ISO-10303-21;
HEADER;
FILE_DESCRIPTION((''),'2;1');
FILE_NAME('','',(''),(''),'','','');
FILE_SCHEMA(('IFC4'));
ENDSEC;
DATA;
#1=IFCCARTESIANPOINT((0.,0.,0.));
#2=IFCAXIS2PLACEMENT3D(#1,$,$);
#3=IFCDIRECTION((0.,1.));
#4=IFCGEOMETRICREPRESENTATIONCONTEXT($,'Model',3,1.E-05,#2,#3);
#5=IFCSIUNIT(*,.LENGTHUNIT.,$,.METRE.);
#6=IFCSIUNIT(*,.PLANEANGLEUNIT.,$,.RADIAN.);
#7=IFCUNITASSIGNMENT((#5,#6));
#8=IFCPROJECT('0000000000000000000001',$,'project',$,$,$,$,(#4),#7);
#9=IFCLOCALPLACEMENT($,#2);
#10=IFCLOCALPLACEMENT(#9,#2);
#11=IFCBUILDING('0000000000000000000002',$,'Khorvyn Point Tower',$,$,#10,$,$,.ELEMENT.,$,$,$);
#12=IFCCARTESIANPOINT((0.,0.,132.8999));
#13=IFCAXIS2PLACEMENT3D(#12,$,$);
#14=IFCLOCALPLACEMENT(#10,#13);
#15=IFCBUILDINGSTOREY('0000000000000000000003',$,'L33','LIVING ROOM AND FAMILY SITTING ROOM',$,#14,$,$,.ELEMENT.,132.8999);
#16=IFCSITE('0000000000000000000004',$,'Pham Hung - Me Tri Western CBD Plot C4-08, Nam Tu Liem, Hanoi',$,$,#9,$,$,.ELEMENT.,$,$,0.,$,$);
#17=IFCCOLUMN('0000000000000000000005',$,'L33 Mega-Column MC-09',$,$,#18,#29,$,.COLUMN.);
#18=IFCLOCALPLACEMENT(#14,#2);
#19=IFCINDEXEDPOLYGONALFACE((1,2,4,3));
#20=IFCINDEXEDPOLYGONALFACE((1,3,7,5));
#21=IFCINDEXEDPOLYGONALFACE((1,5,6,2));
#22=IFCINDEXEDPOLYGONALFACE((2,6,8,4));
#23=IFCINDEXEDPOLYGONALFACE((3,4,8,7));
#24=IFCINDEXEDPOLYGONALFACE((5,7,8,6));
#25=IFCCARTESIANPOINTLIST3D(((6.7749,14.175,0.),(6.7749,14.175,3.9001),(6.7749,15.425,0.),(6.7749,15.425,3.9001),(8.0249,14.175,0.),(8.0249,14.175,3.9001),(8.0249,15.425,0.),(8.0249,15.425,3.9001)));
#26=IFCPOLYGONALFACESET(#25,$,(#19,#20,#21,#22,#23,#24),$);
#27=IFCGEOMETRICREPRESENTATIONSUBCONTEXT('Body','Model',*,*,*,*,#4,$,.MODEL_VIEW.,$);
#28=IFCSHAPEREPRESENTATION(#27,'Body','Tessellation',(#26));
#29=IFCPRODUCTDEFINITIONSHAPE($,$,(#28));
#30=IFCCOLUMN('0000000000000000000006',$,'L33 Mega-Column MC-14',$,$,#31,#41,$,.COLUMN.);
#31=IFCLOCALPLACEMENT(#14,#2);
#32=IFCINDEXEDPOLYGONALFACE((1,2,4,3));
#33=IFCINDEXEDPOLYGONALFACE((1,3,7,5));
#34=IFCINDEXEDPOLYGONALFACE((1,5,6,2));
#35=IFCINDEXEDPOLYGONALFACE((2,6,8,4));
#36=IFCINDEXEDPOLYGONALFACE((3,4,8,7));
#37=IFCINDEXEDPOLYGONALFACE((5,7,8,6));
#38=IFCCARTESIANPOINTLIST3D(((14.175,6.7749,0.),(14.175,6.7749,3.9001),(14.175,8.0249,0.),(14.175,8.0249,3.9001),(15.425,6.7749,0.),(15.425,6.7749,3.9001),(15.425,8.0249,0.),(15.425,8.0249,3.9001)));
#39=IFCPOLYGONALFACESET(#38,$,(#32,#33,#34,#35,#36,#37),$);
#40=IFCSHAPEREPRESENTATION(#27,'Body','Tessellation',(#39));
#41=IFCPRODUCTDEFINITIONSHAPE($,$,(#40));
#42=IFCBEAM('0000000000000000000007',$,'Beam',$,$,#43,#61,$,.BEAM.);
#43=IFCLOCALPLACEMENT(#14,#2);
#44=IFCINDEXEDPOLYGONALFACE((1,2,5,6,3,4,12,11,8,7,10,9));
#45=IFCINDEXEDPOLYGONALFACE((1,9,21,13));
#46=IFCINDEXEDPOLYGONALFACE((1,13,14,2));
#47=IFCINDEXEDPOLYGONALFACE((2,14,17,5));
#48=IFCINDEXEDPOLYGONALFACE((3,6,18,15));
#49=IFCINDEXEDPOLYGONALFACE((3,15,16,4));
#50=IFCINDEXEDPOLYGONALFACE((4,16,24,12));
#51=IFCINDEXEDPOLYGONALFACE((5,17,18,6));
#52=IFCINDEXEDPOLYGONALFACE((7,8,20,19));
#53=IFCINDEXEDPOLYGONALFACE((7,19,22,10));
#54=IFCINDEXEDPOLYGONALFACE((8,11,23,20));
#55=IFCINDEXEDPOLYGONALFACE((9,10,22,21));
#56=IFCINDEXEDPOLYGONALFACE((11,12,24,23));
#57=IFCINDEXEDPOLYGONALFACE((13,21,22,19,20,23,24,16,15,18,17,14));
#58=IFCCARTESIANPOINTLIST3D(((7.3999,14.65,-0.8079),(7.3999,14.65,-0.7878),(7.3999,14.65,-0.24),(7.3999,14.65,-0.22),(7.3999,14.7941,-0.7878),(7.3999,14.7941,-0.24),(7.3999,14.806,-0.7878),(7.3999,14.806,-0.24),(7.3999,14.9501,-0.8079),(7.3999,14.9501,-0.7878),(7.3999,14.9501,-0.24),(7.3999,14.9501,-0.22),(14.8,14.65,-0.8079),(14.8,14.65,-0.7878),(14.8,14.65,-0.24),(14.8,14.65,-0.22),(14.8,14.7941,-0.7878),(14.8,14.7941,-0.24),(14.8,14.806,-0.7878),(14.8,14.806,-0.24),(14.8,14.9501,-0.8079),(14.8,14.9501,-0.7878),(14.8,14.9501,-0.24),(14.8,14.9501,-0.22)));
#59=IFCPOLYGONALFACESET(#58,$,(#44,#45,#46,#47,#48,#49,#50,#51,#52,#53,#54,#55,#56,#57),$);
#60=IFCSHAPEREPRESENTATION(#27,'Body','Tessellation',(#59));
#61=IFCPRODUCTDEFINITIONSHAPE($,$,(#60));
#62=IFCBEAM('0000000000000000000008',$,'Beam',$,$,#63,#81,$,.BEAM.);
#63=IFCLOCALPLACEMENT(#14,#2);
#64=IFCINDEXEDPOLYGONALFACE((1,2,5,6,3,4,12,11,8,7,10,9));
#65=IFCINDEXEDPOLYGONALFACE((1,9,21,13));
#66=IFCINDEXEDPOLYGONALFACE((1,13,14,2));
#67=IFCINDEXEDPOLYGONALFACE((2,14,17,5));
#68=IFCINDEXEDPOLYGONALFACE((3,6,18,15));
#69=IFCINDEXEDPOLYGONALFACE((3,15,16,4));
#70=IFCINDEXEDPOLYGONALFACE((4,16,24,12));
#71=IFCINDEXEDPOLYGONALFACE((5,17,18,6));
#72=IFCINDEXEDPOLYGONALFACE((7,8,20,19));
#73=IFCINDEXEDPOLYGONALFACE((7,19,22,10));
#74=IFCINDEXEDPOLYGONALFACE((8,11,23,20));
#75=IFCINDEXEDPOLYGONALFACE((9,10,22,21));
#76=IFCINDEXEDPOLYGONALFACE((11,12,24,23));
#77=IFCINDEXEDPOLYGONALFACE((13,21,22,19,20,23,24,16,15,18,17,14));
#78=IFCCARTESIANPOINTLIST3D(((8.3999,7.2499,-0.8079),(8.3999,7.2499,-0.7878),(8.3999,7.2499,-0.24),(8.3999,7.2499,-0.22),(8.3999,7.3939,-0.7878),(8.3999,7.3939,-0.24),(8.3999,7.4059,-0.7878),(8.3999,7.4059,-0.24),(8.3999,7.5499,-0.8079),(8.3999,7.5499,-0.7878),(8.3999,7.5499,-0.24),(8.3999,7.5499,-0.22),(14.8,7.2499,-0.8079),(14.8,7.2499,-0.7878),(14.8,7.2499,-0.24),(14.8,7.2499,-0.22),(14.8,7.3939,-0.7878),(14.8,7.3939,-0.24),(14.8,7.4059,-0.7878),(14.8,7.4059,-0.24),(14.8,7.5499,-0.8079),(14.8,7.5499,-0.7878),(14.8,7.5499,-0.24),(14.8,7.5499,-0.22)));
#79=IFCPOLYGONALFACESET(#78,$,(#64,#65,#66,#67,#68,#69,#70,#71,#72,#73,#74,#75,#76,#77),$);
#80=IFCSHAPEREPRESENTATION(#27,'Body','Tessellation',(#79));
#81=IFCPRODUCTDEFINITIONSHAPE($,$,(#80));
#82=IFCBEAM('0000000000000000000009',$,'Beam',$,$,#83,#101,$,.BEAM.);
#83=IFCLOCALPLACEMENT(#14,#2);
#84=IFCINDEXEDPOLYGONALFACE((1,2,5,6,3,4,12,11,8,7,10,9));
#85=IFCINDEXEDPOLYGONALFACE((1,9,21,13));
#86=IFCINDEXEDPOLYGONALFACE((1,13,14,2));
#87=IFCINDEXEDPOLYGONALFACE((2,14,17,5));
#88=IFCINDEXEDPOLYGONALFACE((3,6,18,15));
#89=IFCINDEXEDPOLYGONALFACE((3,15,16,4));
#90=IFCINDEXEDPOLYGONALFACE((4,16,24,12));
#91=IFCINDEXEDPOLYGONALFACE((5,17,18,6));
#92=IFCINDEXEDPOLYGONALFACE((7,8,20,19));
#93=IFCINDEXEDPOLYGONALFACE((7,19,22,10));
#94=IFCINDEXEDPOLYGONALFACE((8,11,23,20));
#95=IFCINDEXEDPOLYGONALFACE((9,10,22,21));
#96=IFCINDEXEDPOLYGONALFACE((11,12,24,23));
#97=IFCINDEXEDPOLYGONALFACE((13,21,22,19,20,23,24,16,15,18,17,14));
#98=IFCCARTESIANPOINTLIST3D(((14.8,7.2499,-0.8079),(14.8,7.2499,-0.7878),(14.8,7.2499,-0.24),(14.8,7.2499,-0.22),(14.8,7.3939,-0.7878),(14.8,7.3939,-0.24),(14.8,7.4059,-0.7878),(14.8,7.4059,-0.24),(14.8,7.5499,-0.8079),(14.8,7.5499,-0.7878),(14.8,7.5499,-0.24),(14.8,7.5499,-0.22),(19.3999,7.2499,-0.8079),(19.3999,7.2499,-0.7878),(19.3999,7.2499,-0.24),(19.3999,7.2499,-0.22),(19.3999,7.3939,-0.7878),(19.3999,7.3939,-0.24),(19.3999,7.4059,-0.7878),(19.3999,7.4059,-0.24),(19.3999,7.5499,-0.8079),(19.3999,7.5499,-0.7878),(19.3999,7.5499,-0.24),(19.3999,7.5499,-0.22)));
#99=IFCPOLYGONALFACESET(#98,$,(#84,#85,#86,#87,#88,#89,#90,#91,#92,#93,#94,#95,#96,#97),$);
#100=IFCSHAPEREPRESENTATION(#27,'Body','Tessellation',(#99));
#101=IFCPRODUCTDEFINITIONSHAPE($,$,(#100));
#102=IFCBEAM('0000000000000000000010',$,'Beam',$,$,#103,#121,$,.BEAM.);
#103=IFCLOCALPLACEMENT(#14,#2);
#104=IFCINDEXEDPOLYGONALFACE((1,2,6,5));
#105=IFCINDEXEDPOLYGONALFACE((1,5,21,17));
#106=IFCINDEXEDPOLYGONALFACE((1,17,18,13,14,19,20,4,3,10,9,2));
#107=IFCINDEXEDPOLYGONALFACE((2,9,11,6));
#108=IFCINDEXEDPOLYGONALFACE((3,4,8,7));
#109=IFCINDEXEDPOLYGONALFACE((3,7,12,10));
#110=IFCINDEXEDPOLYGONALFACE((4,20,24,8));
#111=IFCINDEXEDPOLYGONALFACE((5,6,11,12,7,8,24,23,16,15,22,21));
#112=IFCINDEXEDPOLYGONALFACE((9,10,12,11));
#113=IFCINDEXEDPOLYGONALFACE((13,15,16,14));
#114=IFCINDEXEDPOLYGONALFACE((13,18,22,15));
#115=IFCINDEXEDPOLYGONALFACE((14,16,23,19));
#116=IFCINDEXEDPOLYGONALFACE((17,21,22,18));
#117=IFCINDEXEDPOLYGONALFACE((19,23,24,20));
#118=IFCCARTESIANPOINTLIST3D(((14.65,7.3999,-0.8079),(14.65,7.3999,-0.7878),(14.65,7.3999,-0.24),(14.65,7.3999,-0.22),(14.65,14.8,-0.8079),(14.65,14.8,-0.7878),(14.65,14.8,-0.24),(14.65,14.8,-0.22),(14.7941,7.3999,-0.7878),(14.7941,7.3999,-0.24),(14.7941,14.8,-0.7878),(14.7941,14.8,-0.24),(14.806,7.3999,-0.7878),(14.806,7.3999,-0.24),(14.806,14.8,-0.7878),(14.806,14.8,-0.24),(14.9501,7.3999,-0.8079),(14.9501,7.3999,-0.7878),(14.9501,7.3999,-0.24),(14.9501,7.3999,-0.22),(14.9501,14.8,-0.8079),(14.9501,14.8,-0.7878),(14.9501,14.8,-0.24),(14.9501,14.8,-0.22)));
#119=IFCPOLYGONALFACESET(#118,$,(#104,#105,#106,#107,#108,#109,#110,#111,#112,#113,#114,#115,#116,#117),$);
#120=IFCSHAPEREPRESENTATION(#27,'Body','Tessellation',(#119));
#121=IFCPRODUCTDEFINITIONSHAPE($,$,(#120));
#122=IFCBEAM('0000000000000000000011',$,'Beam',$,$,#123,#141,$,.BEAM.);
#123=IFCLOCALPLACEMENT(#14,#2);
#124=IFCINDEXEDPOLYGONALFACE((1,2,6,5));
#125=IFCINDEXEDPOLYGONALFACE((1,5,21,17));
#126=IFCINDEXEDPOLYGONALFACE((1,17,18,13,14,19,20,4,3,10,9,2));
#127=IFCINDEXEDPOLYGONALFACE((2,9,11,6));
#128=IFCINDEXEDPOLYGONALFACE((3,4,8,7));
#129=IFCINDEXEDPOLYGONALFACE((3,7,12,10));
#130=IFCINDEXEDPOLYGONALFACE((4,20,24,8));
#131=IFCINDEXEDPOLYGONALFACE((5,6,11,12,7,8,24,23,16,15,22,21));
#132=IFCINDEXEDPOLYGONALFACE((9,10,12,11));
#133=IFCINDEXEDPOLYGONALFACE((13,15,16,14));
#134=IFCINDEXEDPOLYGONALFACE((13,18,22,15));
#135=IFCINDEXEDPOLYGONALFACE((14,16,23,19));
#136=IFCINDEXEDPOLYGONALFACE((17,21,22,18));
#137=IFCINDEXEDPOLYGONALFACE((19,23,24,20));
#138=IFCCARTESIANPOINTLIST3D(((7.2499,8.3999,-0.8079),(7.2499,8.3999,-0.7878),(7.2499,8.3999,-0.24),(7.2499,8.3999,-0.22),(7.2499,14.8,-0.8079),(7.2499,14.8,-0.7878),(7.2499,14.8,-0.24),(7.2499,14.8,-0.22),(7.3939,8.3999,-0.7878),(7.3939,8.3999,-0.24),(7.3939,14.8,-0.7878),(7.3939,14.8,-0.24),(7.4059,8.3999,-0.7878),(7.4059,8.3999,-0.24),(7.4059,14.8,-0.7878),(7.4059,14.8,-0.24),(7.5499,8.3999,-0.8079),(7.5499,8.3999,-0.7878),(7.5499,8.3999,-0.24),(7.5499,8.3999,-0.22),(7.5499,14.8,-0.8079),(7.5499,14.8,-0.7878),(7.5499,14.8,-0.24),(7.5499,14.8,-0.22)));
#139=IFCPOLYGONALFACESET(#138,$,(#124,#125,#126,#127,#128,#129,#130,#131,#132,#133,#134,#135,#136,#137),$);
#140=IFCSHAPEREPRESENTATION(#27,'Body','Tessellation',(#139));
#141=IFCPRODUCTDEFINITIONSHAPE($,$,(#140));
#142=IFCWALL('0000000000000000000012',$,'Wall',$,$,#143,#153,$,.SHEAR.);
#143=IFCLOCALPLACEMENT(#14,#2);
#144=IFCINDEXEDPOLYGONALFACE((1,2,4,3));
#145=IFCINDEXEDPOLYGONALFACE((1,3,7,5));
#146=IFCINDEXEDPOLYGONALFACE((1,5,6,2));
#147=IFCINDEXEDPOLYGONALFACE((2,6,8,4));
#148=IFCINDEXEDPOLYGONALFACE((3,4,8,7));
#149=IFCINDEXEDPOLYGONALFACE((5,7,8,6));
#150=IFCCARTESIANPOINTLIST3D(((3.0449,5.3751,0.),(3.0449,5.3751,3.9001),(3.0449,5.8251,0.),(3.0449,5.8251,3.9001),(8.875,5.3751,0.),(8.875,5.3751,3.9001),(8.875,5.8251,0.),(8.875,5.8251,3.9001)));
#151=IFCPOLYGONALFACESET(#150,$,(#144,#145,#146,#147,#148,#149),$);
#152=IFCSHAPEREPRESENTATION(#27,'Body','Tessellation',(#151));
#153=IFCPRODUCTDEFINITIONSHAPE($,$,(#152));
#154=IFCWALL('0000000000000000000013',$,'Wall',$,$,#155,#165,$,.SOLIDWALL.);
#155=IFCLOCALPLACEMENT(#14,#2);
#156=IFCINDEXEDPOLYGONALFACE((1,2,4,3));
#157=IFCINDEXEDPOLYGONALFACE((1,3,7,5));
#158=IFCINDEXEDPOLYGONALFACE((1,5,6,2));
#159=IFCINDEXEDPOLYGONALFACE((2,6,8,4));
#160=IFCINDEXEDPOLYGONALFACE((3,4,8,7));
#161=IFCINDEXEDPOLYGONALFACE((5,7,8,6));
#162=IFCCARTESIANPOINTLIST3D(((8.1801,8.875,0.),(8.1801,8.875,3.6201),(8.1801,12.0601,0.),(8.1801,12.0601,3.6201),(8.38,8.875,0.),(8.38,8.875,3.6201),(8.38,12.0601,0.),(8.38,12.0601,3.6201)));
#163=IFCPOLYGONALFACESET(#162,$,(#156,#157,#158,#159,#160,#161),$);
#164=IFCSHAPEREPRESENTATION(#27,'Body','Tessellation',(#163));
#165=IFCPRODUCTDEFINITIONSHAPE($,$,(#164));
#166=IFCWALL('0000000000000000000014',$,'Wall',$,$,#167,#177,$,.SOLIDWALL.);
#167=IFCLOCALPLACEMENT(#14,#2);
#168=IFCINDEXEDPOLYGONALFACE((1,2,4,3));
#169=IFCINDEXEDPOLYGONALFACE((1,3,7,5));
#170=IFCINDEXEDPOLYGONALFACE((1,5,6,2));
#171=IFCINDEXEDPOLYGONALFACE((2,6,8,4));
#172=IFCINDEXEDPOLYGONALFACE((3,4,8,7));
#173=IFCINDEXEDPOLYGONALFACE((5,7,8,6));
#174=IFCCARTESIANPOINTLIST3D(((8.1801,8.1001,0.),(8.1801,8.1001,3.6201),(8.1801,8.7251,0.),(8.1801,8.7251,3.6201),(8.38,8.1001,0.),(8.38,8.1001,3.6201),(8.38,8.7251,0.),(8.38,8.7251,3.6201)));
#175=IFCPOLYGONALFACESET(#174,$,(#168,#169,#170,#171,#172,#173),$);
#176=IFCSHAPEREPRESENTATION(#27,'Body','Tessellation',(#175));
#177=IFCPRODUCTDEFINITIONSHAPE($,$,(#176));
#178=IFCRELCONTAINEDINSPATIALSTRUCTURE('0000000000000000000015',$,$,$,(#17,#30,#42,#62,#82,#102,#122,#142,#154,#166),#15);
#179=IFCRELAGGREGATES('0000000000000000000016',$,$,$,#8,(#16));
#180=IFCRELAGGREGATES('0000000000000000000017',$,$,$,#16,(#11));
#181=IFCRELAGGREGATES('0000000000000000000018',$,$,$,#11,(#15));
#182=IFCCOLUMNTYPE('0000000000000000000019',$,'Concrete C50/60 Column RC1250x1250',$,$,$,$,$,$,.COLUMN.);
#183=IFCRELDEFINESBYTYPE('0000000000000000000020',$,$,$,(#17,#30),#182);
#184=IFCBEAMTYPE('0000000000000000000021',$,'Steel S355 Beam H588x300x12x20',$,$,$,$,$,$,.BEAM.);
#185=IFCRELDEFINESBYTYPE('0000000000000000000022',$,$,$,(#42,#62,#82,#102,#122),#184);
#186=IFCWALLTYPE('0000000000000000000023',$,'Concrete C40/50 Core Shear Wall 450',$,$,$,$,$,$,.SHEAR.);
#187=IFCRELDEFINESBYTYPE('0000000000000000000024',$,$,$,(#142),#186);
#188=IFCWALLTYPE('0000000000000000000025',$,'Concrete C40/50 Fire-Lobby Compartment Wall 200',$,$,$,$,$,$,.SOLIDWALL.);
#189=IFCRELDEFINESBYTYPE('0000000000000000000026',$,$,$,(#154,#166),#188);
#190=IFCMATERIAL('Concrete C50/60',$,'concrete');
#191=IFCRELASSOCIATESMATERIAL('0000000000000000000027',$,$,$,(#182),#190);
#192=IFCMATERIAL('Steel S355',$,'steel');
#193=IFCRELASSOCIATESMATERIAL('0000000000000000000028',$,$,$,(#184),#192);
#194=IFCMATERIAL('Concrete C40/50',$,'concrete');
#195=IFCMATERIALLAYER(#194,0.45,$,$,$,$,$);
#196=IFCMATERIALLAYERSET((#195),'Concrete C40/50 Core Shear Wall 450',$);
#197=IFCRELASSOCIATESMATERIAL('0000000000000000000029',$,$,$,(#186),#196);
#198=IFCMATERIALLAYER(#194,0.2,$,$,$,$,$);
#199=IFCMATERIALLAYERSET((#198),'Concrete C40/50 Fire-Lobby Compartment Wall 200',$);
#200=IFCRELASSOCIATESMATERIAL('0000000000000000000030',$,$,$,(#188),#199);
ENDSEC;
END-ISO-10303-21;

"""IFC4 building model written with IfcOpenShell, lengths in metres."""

from ifc_helpers import new_model, si_unit, direction, frame, frame_2d, origin, origin_2d, place, context, subcontext, project, spatial, rectangle, i_section, extrude, material, layer, layer_set, material_profile, profile_set, type_object, element, save


model = new_model("IFC4")

# Units and contexts
model_context = context("Model", 3, precision=1e-05, world=origin(), true_north=direction((0.0, 1.0)))
body_context = subcontext(model_context, "Body", "Model", "MODEL_VIEW")
ifc_project = project(units=[si_unit("LENGTHUNIT", "METRE"), si_unit("PLANEANGLEUNIT", "RADIAN")], contexts=[model_context])

# Site, building, storey
site_placement = place(None, origin())
site = spatial("IfcSite", under=ifc_project, at=site_placement, Name="Pham Hung - Me Tri Western CBD Plot C4-08, Nam Tu Liem, Hanoi", CompositionType="ELEMENT", RefElevation=0.0)
building_placement = place(site_placement, origin())
building = spatial("IfcBuilding", under=site, at=building_placement, Name="Khorvyn Point Tower", CompositionType="ELEMENT")
storey_placement = place(building_placement, frame((0.0, 0.0, 132.8999)))
storey = spatial("IfcBuildingStorey", under=building, at=storey_placement, Name="L33", Description="LIVING ROOM AND FAMILY SITTING ROOM", CompositionType="ELEMENT", Elevation=132.8999)

# Columns
ifc_material_1 = material(Name="Concrete C50/60", Category="concrete")
ifc_material_profile_1 = material_profile(ifc_material_1, rectangle(XDim=1.25, YDim=1.25, at=origin_2d()))
ifc_profile_set_1 = profile_set([ifc_material_profile_1], Name="Concrete C50/60 RC1250x1250")
column_type = type_object("IfcColumnType", Name="Concrete C50/60 Column RC1250x1250", PredefinedType="COLUMN", material=ifc_profile_set_1)
for number, where, z_axis, x_axis, name in (
    (1, (7.3999, 14.8, 0.0), (0.0, 0.0, 1.0), (1.0, 0.0, 0.0), "L33 Mega-Column MC-09"),
    (2, (14.8, 7.3999, 0.0), (0.0, 0.0, 1.0), (1.0, 0.0, 0.0), "L33 Mega-Column MC-14"),
):
    element("IfcColumn", number, at=place(storey_placement, frame(where, z_axis=z_axis, x_axis=x_axis)), inside=storey, type_object=column_type, Name=name, PredefinedType="COLUMN", context=body_context, shape_type="SweptSolid", body=[
        extrude(rectangle(XDim=1.25, YDim=1.25, at=origin_2d()), origin(), (0.0, 0.0, 1.0), 3.9001),
    ])

# Beams
ifc_material_2 = material(Name="Steel S355", Category="steel")
ifc_material_profile_2 = material_profile(ifc_material_2, i_section(OverallWidth=0.3, OverallDepth=0.5879, WebThickness=0.012, FlangeThickness=0.02, at=origin_2d()))
ifc_profile_set_2 = profile_set([ifc_material_profile_2], Name="Steel S355 H588x300x12x20")
beam_type = type_object("IfcBeamType", Name="Steel S355 Beam H588x300x12x20", PredefinedType="BEAM", material=ifc_profile_set_2)
beam_1_placement = place(storey_placement, frame((7.3999, 14.8, -0.5139), z_axis=(1.0, 0.0, 0.0), x_axis=(0.0, 1.0, 0.0)))
element("IfcBeam", 3, at=beam_1_placement, inside=storey, type_object=beam_type, Name="Beam", PredefinedType="BEAM", context=body_context, shape_type="SweptSolid", body=[
    extrude(i_section(OverallWidth=0.3, OverallDepth=0.5879, WebThickness=0.012, FlangeThickness=0.02, at=origin_2d()), origin(), (0.0, 0.0, 1.0), 7.4001),
])
beam_2_placement = place(storey_placement, frame((8.3999, 7.3999, -0.5139), z_axis=(1.0, 0.0, 0.0), x_axis=(0.0, 1.0, 0.0)))
element("IfcBeam", 4, at=beam_2_placement, inside=storey, type_object=beam_type, Name="Beam", PredefinedType="BEAM", context=body_context, shape_type="SweptSolid", body=[
    extrude(i_section(OverallWidth=0.3, OverallDepth=0.5879, WebThickness=0.012, FlangeThickness=0.02, at=origin_2d()), origin(), (0.0, 0.0, 1.0), 6.4001),
])
beam_3_placement = place(storey_placement, frame((14.8, 7.3999, -0.5139), z_axis=(1.0, 0.0, 0.0), x_axis=(0.0, 1.0, 0.0)))
element("IfcBeam", 5, at=beam_3_placement, inside=storey, type_object=beam_type, Name="Beam", PredefinedType="BEAM", context=body_context, shape_type="SweptSolid", body=[
    extrude(i_section(OverallWidth=0.3, OverallDepth=0.5879, WebThickness=0.012, FlangeThickness=0.02, at=origin_2d()), origin(), (0.0, 0.0, 1.0), 4.5999),
])
beam_4_placement = place(storey_placement, frame((14.8, 7.3999, -0.5139), z_axis=(0.0, 1.0, 0.0), x_axis=(-1.0, 0.0, 0.0)))
element("IfcBeam", 6, at=beam_4_placement, inside=storey, type_object=beam_type, Name="Beam", PredefinedType="BEAM", context=body_context, shape_type="SweptSolid", body=[
    extrude(i_section(OverallWidth=0.3, OverallDepth=0.5879, WebThickness=0.012, FlangeThickness=0.02, at=origin_2d()), origin(), (0.0, 0.0, 1.0), 7.4001),
])
beam_5_placement = place(storey_placement, frame((7.3999, 8.3999, -0.5139), z_axis=(0.0, 1.0, 0.0), x_axis=(-1.0, 0.0, 0.0)))
element("IfcBeam", 7, at=beam_5_placement, inside=storey, type_object=beam_type, Name="Beam", PredefinedType="BEAM", context=body_context, shape_type="SweptSolid", body=[
    extrude(i_section(OverallWidth=0.3, OverallDepth=0.5879, WebThickness=0.012, FlangeThickness=0.02, at=origin_2d()), origin(), (0.0, 0.0, 1.0), 6.4001),
])

# Wall
ifc_material_3 = material(Name="Concrete C40/50", Category="concrete")
ifc_layer_1 = layer(ifc_material_3, 0.45)
ifc_layer_set_1 = layer_set([ifc_layer_1], Name="Concrete C40/50 Core Shear Wall 450")
wall_type_1 = type_object("IfcWallType", Name="Concrete C40/50 Core Shear Wall 450", PredefinedType="SHEAR", material=ifc_layer_set_1)
wall_1_placement = place(storey_placement, frame((3.0449, 5.6001, 0.0), z_axis=(0.0, 0.0, 1.0), x_axis=(1.0, 0.0, 0.0)))
element("IfcWall", 8, at=wall_1_placement, inside=storey, type_object=wall_type_1, Name="Wall", PredefinedType="SHEAR", context=body_context, shape_type="SweptSolid", body=[
    extrude(rectangle(XDim=5.8301, YDim=0.45, at=frame_2d((2.915, 0.0))), origin(), (0.0, 0.0, 1.0), 3.9001),
])

# Shared definitions
ifc_layer_2 = layer(ifc_material_3, 0.2)
ifc_layer_set_2 = layer_set([ifc_layer_2], Name="Concrete C40/50 Fire-Lobby Compartment Wall 200")
wall_type_2 = type_object("IfcWallType", Name="Concrete C40/50 Fire-Lobby Compartment Wall 200", PredefinedType="SOLIDWALL", material=ifc_layer_set_2)

# Walls
wall_2_placement = place(storey_placement, frame((8.28, 8.875, 0.0), z_axis=(0.0, 0.0, 1.0), x_axis=(0.0, 1.0, 0.0)))
element("IfcWall", 9, at=wall_2_placement, inside=storey, type_object=wall_type_2, Name="Wall", PredefinedType="SOLIDWALL", context=body_context, shape_type="SweptSolid", body=[
    extrude(rectangle(XDim=3.1851, YDim=0.2, at=frame_2d((1.5925, 0.0))), origin(), (0.0, 0.0, 1.0), 3.6201),
])
wall_3_placement = place(storey_placement, frame((8.28, 8.1001, 0.0), z_axis=(0.0, 0.0, 1.0), x_axis=(0.0, 1.0, 0.0)))
element("IfcWall", 10, at=wall_3_placement, inside=storey, type_object=wall_type_2, Name="Wall", PredefinedType="SOLIDWALL", context=body_context, shape_type="SweptSolid", body=[
    extrude(rectangle(XDim=0.625, YDim=0.2, at=frame_2d((0.3125, 0.0))), origin(), (0.0, 0.0, 1.0), 3.6201),
])

save(model, "model.ifc")
